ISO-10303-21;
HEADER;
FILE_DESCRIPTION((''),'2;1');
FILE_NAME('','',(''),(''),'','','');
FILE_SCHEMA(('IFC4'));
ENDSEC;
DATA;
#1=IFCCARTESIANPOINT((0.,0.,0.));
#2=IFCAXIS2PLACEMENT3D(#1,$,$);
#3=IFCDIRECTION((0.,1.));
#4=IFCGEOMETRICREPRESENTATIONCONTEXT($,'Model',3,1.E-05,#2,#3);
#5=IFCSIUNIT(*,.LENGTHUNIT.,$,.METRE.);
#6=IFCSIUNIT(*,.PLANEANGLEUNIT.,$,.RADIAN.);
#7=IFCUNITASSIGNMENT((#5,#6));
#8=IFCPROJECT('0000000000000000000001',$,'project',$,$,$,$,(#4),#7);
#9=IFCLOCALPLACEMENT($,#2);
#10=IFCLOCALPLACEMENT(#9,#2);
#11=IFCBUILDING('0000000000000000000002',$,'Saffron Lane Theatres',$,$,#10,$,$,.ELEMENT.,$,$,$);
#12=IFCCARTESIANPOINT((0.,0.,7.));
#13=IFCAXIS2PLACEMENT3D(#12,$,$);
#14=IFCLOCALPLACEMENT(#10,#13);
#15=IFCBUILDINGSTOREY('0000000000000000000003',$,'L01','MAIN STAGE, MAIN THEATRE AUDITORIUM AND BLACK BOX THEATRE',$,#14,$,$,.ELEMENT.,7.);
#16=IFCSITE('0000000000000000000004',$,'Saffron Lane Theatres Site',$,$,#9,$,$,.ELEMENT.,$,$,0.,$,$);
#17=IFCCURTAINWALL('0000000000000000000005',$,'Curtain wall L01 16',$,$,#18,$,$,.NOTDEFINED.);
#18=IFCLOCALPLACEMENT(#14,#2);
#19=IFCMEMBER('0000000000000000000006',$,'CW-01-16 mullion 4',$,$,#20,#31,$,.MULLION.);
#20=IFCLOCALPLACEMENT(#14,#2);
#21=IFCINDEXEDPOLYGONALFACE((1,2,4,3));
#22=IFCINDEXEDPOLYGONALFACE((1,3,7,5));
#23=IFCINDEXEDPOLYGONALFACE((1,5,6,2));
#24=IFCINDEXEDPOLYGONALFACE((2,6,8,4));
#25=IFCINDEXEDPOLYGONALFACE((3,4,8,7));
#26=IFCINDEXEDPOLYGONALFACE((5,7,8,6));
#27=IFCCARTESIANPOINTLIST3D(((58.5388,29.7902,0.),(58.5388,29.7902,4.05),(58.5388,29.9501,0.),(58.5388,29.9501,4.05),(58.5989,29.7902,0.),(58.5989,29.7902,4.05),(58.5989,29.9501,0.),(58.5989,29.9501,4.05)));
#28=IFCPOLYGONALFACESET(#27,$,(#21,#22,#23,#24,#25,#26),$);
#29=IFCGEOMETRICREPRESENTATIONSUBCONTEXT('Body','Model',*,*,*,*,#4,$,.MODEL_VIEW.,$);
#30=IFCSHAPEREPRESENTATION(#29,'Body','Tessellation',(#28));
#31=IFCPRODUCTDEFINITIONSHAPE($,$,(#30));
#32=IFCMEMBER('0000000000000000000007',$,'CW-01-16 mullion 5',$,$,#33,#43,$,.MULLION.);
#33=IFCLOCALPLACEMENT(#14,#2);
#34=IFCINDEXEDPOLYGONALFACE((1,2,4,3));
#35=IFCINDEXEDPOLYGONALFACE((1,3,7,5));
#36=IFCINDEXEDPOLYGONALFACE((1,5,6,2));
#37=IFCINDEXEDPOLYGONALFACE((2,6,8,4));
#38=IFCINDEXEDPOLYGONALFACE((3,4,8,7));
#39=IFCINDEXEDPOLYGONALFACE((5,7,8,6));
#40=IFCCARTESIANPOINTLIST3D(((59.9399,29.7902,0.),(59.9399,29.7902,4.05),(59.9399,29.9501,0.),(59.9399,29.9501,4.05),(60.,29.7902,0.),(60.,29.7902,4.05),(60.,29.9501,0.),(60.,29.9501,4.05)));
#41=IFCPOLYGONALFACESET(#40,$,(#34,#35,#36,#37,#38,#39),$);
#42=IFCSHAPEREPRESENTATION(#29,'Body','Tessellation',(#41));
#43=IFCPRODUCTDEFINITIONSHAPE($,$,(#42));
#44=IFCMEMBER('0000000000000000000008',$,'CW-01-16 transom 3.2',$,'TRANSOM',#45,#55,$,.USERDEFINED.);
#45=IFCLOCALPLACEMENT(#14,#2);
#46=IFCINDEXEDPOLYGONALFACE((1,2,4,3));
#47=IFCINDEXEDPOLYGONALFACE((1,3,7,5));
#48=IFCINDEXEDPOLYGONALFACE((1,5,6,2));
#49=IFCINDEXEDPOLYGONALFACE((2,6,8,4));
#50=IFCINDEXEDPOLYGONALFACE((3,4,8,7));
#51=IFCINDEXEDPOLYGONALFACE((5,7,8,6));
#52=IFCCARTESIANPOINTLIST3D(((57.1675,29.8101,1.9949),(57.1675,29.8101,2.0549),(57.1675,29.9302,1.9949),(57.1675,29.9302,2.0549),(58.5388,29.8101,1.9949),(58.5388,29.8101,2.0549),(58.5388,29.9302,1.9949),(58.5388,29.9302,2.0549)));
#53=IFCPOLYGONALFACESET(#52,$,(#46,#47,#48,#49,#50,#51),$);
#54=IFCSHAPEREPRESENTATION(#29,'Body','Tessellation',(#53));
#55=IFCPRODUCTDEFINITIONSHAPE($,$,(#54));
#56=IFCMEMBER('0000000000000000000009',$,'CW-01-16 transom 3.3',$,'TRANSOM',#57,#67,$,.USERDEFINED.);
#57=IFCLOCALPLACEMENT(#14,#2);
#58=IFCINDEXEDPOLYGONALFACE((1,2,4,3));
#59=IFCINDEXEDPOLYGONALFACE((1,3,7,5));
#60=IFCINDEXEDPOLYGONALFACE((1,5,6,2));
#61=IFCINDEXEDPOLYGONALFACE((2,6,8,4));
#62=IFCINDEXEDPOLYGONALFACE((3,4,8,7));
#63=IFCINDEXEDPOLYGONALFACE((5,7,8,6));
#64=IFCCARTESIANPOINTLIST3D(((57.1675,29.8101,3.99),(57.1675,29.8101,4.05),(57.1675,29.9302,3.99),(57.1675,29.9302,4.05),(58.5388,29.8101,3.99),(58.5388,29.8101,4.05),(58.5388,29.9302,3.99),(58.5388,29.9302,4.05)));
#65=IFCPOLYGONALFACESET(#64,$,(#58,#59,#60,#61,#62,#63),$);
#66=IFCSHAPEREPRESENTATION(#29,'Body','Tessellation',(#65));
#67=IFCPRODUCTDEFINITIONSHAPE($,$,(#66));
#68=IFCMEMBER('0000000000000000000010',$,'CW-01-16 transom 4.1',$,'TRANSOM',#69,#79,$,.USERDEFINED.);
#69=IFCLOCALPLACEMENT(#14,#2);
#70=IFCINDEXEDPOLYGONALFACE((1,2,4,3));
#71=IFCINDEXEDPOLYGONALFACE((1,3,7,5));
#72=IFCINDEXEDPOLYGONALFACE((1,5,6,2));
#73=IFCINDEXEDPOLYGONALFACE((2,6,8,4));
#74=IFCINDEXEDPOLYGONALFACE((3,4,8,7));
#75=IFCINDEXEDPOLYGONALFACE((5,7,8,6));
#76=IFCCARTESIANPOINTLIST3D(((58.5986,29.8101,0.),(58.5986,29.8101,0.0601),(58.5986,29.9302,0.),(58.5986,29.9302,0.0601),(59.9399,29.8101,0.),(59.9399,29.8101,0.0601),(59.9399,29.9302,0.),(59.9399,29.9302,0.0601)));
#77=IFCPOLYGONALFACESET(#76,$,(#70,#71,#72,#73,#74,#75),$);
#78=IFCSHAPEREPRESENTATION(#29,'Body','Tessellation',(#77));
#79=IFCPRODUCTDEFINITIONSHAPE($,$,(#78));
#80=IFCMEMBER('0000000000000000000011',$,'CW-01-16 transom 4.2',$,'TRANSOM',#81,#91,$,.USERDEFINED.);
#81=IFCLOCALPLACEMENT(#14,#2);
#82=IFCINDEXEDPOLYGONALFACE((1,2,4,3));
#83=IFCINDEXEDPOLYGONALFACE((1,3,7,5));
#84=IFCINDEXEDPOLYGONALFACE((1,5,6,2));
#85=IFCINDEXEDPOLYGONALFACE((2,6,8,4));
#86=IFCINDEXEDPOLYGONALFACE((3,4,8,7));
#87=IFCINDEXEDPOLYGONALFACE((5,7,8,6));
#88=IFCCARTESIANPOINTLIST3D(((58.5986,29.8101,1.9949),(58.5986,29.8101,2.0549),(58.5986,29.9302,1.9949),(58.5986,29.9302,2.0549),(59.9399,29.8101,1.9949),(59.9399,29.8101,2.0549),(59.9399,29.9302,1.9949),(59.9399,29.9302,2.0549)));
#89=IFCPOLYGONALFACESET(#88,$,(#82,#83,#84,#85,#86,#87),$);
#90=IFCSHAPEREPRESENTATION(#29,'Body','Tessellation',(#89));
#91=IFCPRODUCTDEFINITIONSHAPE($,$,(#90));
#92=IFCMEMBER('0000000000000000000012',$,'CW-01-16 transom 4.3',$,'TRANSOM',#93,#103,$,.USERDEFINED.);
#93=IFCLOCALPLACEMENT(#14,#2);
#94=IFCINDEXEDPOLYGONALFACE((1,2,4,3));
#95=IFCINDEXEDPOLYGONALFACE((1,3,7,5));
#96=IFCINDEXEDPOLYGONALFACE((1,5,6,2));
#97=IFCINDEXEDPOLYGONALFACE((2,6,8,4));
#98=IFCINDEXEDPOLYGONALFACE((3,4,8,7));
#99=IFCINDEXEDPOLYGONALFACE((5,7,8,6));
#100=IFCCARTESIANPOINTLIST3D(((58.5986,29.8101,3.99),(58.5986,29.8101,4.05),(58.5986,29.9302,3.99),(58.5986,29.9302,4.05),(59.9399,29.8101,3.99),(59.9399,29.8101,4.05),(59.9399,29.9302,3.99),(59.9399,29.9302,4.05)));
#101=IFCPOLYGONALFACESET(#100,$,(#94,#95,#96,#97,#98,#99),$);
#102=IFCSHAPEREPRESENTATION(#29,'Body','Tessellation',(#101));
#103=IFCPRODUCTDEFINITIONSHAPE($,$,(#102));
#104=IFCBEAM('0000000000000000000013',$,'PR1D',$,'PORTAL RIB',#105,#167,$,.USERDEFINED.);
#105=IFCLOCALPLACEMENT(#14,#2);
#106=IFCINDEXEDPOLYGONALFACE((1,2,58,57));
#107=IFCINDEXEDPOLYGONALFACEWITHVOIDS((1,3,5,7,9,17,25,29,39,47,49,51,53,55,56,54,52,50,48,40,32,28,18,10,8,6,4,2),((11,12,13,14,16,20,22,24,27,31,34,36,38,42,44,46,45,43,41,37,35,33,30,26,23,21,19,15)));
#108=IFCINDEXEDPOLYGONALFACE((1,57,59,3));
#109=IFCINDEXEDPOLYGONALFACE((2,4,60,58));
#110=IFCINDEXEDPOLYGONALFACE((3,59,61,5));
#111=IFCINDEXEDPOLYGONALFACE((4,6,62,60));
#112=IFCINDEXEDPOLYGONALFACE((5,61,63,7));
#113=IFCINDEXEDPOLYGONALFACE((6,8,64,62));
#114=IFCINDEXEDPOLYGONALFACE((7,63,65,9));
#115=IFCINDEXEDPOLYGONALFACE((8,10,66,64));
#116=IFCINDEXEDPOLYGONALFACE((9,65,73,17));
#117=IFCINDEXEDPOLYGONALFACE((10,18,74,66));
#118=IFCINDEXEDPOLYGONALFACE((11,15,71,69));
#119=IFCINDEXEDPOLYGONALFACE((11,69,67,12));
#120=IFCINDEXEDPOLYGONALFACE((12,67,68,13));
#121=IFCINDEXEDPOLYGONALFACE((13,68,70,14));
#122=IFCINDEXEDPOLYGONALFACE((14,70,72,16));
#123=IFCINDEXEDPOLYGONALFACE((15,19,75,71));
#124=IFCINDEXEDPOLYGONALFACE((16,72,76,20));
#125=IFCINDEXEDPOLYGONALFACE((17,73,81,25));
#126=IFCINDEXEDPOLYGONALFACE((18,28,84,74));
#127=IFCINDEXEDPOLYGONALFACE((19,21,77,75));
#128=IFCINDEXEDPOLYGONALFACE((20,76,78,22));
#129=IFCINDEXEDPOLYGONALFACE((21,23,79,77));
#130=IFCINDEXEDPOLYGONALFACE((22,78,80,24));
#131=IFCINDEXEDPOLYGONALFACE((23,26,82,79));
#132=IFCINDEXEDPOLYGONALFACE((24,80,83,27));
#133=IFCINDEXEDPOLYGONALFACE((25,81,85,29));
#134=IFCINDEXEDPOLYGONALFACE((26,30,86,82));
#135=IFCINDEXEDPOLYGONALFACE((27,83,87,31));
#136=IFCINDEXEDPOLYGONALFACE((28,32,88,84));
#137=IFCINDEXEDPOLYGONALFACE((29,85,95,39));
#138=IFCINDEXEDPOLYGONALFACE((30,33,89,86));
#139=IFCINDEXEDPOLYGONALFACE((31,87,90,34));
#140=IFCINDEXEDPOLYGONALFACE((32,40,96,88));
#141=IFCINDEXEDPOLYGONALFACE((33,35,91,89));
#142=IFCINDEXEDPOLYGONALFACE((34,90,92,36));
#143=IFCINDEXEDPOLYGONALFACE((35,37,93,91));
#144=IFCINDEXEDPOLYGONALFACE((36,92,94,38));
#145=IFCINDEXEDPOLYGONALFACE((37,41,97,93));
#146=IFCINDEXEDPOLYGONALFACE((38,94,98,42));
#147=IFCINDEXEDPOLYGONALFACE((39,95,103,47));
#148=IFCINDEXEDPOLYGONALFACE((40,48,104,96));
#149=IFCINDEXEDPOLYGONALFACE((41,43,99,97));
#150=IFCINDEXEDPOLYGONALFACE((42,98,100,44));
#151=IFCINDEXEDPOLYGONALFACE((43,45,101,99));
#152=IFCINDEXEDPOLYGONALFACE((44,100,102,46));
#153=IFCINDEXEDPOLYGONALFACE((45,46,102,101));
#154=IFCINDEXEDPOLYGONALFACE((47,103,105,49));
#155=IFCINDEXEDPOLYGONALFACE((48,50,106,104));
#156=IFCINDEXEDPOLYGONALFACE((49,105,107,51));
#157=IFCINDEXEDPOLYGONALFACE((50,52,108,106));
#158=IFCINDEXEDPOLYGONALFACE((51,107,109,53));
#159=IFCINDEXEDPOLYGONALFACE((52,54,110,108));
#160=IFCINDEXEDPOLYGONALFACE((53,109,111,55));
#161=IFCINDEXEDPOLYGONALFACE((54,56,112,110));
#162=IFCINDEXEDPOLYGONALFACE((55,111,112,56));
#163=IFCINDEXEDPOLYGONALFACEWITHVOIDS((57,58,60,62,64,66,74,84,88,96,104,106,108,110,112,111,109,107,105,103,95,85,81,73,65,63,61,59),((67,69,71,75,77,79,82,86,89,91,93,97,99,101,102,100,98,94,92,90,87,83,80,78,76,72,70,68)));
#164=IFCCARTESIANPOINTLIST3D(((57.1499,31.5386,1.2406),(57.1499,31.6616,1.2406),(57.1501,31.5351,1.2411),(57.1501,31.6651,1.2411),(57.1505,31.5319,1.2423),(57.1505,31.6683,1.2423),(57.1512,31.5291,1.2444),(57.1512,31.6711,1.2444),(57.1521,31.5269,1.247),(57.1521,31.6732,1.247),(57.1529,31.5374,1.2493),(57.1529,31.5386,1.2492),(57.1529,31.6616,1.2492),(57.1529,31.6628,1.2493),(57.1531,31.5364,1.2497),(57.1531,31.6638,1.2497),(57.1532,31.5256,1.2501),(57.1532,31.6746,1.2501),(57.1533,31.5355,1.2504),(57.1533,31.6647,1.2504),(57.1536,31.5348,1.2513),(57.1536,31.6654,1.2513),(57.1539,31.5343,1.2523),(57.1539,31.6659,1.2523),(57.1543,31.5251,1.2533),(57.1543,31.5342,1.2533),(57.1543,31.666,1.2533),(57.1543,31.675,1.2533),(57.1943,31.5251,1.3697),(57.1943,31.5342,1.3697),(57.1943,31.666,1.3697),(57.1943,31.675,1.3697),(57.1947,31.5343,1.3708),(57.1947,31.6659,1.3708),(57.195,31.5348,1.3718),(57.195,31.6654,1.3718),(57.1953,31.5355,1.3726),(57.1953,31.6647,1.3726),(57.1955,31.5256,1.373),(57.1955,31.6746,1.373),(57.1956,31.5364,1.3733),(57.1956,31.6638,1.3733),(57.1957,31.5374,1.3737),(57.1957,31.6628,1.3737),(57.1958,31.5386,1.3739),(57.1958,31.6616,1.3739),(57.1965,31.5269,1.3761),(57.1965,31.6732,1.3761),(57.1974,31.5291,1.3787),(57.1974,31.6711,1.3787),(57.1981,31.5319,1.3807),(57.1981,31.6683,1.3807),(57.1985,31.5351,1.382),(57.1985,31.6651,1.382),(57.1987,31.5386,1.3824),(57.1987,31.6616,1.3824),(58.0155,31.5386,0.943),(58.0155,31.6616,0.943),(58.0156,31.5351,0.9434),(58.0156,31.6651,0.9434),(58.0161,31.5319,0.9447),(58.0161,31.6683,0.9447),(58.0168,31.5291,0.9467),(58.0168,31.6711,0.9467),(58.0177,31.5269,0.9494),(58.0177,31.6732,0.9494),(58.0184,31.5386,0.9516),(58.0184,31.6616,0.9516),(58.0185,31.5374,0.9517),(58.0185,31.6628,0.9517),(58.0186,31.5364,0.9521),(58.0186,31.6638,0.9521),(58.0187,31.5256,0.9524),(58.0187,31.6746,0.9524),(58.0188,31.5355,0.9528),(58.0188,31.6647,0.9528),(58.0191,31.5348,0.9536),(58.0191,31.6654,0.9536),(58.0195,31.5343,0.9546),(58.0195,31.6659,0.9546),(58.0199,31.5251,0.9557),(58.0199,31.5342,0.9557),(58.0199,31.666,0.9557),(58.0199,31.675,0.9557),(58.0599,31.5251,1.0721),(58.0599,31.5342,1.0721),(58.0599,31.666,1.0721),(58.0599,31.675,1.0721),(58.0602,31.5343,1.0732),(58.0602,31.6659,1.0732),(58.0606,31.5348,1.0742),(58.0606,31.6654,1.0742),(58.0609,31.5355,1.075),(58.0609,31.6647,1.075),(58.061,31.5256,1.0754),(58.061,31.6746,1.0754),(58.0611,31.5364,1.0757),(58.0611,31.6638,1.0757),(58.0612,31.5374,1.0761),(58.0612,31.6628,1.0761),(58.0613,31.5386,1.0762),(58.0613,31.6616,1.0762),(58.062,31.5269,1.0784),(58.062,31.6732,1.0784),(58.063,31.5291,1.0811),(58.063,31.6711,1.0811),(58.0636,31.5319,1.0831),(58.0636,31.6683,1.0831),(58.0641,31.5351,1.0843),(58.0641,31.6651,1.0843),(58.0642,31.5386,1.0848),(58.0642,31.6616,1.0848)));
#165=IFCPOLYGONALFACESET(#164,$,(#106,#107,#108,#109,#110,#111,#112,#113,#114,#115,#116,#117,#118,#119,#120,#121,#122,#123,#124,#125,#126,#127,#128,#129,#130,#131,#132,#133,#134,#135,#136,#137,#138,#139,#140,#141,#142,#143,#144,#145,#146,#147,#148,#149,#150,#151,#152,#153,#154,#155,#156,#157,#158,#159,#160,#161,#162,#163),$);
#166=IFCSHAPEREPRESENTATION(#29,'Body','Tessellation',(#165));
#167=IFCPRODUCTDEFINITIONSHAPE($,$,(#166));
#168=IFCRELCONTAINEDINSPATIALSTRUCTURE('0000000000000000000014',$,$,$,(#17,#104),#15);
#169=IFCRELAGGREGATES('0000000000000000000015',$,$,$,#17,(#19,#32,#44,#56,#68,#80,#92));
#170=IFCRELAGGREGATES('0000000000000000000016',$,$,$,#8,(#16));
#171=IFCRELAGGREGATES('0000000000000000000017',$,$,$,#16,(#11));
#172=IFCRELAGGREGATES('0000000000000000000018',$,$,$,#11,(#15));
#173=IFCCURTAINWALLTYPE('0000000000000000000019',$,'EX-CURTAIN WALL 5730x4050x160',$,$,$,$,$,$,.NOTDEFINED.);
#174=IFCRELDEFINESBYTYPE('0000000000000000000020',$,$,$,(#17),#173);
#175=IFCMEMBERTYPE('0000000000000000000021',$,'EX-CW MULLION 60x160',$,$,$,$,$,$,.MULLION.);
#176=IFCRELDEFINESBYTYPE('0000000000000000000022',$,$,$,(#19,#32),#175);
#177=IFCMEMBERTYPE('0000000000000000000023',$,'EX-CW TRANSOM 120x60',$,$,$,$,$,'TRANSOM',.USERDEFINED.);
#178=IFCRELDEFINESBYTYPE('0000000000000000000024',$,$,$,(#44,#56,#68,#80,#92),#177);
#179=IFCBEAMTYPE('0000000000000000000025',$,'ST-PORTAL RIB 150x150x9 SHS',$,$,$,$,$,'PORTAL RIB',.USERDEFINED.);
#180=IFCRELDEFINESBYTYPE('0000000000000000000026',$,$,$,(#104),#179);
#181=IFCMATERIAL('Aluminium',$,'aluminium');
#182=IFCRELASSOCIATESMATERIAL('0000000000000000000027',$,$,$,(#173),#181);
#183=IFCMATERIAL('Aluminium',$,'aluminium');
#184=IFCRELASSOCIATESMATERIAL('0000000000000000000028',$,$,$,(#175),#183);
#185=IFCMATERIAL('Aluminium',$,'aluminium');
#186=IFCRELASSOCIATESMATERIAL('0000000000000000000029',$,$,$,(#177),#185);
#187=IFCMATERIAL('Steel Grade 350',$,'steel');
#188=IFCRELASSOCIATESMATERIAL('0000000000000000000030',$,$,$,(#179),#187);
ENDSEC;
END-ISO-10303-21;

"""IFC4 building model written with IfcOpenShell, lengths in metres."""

from ifc_helpers import new_model, si_unit, direction, frame, origin, origin_2d, place, context, subcontext, project, spatial, rectangle, hollow_rectangle, extrude, material, material_profile, profile_set, type_object, element, aggregate, save


model = new_model("IFC4")

# Units and contexts
model_context = context("Model", 3, precision=1e-05, world=origin(), true_north=direction((0.0, 1.0)))
body_context = subcontext(model_context, "Body", "Model", "MODEL_VIEW")
ifc_project = project(units=[si_unit("LENGTHUNIT", "METRE"), si_unit("PLANEANGLEUNIT", "RADIAN")], contexts=[model_context])

# Site, building, storey
site_placement = place(None, origin())
site = spatial("IfcSite", under=ifc_project, at=site_placement, Name="Saffron Lane Theatres Site", CompositionType="ELEMENT", RefElevation=0.0)
building_placement = place(site_placement, origin())
building = spatial("IfcBuilding", under=site, at=building_placement, Name="Saffron Lane Theatres", CompositionType="ELEMENT")
storey_placement = place(building_placement, frame((0.0, 0.0, 7.0)))
storey = spatial("IfcBuildingStorey", under=building, at=storey_placement, Name="L01", Description="MAIN STAGE, MAIN THEATRE AUDITORIUM AND BLACK BOX THEATRE", CompositionType="ELEMENT", Elevation=7.0)

# Curtain wall, members
ifc_material_1 = material(Name="Aluminium", Category="aluminium")
curtain_wall_type = type_object("IfcCurtainWallType", Name="EX-CURTAIN WALL 5730x4050x160", PredefinedType="NOTDEFINED", material=ifc_material_1)
curtain_wall_placement = place(storey_placement, origin())
curtain_wall = element("IfcCurtainWall", 1, at=curtain_wall_placement, inside=storey, type_object=curtain_wall_type, Name="Curtain wall L01 16", PredefinedType="NOTDEFINED")
ifc_material_2 = material(Name="Aluminium", Category="aluminium")
ifc_material_profile_1 = material_profile(ifc_material_2, rectangle(XDim=0.0601, YDim=0.1599, at=origin_2d()))
ifc_profile_set_1 = profile_set([ifc_material_profile_1], Name="Aluminium")
member_type_1 = type_object("IfcMemberType", Name="EX-CW MULLION 60x160", PredefinedType="MULLION", material=ifc_profile_set_1)
member_1_placement = place(storey_placement, frame((58.5688, 29.8701, 0.0), z_axis=(0.0, 0.0, 1.0), x_axis=(1.0, 0.0, 0.0)))
member_1 = element("IfcMember", 2, at=member_1_placement, type_object=member_type_1, Name="CW-01-16 mullion 4", PredefinedType="MULLION", context=body_context, shape_type="SweptSolid", body=[
    extrude(rectangle(XDim=0.0601, YDim=0.1599, at=origin_2d()), origin(), (0.0, 0.0, 1.0), 4.05),
])
member_2_placement = place(storey_placement, frame((59.97, 29.8701, 0.0), z_axis=(0.0, 0.0, 1.0), x_axis=(1.0, 0.0, 0.0)))
member_2 = element("IfcMember", 3, at=member_2_placement, type_object=member_type_1, Name="CW-01-16 mullion 5", PredefinedType="MULLION", context=body_context, shape_type="SweptSolid", body=[
    extrude(rectangle(XDim=0.0601, YDim=0.1599, at=origin_2d()), origin(), (0.0, 0.0, 1.0), 4.05),
])
ifc_material_3 = material(Name="Aluminium", Category="aluminium")
ifc_material_profile_2 = material_profile(ifc_material_3, rectangle(XDim=0.1201, YDim=0.0601, at=origin_2d()))
ifc_profile_set_2 = profile_set([ifc_material_profile_2], Name="Aluminium")
member_type_2 = type_object("IfcMemberType", Name="EX-CW TRANSOM 120x60", ElementType="TRANSOM", PredefinedType="USERDEFINED", material=ifc_profile_set_2)
member_3_placement = place(storey_placement, frame((57.1675, 29.8701, 2.0249), z_axis=(1.0, 0.0, 0.0), x_axis=(0.0, 1.0, 0.0)))
member_3 = element("IfcMember", 4, at=member_3_placement, type_object=member_type_2, Name="CW-01-16 transom 3.2", ObjectType="TRANSOM", PredefinedType="USERDEFINED", context=body_context, shape_type="SweptSolid", body=[
    extrude(rectangle(XDim=0.1201, YDim=0.0601, at=origin_2d()), origin(), (0.0, 0.0, 1.0), 1.3713),
])
member_4_placement = place(storey_placement, frame((57.1675, 29.8701, 4.02), z_axis=(1.0, 0.0, 0.0), x_axis=(0.0, 1.0, 0.0)))
member_4 = element("IfcMember", 5, at=member_4_placement, type_object=member_type_2, Name="CW-01-16 transom 3.3", ObjectType="TRANSOM", PredefinedType="USERDEFINED", context=body_context, shape_type="SweptSolid", body=[
    extrude(rectangle(XDim=0.1201, YDim=0.0601, at=origin_2d()), origin(), (0.0, 0.0, 1.0), 1.3713),
])
member_5_placement = place(storey_placement, frame((58.5986, 29.8701, 0.03), z_axis=(1.0, 0.0, 0.0), x_axis=(0.0, 1.0, 0.0)))
member_5 = element("IfcMember", 6, at=member_5_placement, type_object=member_type_2, Name="CW-01-16 transom 4.1", ObjectType="TRANSOM", PredefinedType="USERDEFINED", context=body_context, shape_type="SweptSolid", body=[
    extrude(rectangle(XDim=0.1201, YDim=0.0601, at=origin_2d()), origin(), (0.0, 0.0, 1.0), 1.3413),
])
member_6_placement = place(storey_placement, frame((58.5986, 29.8701, 2.0249), z_axis=(1.0, 0.0, 0.0), x_axis=(0.0, 1.0, 0.0)))
member_6 = element("IfcMember", 7, at=member_6_placement, type_object=member_type_2, Name="CW-01-16 transom 4.2", ObjectType="TRANSOM", PredefinedType="USERDEFINED", context=body_context, shape_type="SweptSolid", body=[
    extrude(rectangle(XDim=0.1201, YDim=0.0601, at=origin_2d()), origin(), (0.0, 0.0, 1.0), 1.3413),
])
member_7_placement = place(storey_placement, frame((58.5986, 29.8701, 4.02), z_axis=(1.0, 0.0, 0.0), x_axis=(0.0, 1.0, 0.0)))
member_7 = element("IfcMember", 8, at=member_7_placement, type_object=member_type_2, Name="CW-01-16 transom 4.3", ObjectType="TRANSOM", PredefinedType="USERDEFINED", context=body_context, shape_type="SweptSolid", body=[
    extrude(rectangle(XDim=0.1201, YDim=0.0601, at=origin_2d()), origin(), (0.0, 0.0, 1.0), 1.3413),
])

# Beam
ifc_material_4 = material(Name="Steel Grade 350", Category="steel")
ifc_material_profile_3 = material_profile(ifc_material_4, hollow_rectangle(XDim=0.1499, YDim=0.1499, WallThickness=0.009, InnerFilletRadius=0.0044, OuterFilletRadius=0.0134, at=origin_2d()))
ifc_profile_set_3 = profile_set([ifc_material_profile_3], Name="Steel Grade 350")
beam_type = type_object("IfcBeamType", Name="ST-PORTAL RIB 150x150x9 SHS", ElementType="PORTAL RIB", PredefinedType="USERDEFINED", material=ifc_profile_set_3)
beam_1_placement = place(storey_placement, frame((57.1743, 31.6001, 1.3115), z_axis=(0.945653, 0.0, -0.325177), x_axis=(0.0, 1.0, 0.0)))
element("IfcBeam", 9, at=beam_1_placement, inside=storey, type_object=beam_type, Name="PR1D", ObjectType="PORTAL RIB", PredefinedType="USERDEFINED", context=body_context, shape_type="SweptSolid", body=[
    extrude(hollow_rectangle(XDim=0.1499, YDim=0.1499, WallThickness=0.009, InnerFilletRadius=0.0044, OuterFilletRadius=0.0134, at=origin_2d()), origin(), (0.0, 0.0, 1.0), 0.9153),
])

aggregate(curtain_wall, [member_1, member_2, member_3, member_4, member_5, member_6, member_7])

save(model, "model.ifc")
